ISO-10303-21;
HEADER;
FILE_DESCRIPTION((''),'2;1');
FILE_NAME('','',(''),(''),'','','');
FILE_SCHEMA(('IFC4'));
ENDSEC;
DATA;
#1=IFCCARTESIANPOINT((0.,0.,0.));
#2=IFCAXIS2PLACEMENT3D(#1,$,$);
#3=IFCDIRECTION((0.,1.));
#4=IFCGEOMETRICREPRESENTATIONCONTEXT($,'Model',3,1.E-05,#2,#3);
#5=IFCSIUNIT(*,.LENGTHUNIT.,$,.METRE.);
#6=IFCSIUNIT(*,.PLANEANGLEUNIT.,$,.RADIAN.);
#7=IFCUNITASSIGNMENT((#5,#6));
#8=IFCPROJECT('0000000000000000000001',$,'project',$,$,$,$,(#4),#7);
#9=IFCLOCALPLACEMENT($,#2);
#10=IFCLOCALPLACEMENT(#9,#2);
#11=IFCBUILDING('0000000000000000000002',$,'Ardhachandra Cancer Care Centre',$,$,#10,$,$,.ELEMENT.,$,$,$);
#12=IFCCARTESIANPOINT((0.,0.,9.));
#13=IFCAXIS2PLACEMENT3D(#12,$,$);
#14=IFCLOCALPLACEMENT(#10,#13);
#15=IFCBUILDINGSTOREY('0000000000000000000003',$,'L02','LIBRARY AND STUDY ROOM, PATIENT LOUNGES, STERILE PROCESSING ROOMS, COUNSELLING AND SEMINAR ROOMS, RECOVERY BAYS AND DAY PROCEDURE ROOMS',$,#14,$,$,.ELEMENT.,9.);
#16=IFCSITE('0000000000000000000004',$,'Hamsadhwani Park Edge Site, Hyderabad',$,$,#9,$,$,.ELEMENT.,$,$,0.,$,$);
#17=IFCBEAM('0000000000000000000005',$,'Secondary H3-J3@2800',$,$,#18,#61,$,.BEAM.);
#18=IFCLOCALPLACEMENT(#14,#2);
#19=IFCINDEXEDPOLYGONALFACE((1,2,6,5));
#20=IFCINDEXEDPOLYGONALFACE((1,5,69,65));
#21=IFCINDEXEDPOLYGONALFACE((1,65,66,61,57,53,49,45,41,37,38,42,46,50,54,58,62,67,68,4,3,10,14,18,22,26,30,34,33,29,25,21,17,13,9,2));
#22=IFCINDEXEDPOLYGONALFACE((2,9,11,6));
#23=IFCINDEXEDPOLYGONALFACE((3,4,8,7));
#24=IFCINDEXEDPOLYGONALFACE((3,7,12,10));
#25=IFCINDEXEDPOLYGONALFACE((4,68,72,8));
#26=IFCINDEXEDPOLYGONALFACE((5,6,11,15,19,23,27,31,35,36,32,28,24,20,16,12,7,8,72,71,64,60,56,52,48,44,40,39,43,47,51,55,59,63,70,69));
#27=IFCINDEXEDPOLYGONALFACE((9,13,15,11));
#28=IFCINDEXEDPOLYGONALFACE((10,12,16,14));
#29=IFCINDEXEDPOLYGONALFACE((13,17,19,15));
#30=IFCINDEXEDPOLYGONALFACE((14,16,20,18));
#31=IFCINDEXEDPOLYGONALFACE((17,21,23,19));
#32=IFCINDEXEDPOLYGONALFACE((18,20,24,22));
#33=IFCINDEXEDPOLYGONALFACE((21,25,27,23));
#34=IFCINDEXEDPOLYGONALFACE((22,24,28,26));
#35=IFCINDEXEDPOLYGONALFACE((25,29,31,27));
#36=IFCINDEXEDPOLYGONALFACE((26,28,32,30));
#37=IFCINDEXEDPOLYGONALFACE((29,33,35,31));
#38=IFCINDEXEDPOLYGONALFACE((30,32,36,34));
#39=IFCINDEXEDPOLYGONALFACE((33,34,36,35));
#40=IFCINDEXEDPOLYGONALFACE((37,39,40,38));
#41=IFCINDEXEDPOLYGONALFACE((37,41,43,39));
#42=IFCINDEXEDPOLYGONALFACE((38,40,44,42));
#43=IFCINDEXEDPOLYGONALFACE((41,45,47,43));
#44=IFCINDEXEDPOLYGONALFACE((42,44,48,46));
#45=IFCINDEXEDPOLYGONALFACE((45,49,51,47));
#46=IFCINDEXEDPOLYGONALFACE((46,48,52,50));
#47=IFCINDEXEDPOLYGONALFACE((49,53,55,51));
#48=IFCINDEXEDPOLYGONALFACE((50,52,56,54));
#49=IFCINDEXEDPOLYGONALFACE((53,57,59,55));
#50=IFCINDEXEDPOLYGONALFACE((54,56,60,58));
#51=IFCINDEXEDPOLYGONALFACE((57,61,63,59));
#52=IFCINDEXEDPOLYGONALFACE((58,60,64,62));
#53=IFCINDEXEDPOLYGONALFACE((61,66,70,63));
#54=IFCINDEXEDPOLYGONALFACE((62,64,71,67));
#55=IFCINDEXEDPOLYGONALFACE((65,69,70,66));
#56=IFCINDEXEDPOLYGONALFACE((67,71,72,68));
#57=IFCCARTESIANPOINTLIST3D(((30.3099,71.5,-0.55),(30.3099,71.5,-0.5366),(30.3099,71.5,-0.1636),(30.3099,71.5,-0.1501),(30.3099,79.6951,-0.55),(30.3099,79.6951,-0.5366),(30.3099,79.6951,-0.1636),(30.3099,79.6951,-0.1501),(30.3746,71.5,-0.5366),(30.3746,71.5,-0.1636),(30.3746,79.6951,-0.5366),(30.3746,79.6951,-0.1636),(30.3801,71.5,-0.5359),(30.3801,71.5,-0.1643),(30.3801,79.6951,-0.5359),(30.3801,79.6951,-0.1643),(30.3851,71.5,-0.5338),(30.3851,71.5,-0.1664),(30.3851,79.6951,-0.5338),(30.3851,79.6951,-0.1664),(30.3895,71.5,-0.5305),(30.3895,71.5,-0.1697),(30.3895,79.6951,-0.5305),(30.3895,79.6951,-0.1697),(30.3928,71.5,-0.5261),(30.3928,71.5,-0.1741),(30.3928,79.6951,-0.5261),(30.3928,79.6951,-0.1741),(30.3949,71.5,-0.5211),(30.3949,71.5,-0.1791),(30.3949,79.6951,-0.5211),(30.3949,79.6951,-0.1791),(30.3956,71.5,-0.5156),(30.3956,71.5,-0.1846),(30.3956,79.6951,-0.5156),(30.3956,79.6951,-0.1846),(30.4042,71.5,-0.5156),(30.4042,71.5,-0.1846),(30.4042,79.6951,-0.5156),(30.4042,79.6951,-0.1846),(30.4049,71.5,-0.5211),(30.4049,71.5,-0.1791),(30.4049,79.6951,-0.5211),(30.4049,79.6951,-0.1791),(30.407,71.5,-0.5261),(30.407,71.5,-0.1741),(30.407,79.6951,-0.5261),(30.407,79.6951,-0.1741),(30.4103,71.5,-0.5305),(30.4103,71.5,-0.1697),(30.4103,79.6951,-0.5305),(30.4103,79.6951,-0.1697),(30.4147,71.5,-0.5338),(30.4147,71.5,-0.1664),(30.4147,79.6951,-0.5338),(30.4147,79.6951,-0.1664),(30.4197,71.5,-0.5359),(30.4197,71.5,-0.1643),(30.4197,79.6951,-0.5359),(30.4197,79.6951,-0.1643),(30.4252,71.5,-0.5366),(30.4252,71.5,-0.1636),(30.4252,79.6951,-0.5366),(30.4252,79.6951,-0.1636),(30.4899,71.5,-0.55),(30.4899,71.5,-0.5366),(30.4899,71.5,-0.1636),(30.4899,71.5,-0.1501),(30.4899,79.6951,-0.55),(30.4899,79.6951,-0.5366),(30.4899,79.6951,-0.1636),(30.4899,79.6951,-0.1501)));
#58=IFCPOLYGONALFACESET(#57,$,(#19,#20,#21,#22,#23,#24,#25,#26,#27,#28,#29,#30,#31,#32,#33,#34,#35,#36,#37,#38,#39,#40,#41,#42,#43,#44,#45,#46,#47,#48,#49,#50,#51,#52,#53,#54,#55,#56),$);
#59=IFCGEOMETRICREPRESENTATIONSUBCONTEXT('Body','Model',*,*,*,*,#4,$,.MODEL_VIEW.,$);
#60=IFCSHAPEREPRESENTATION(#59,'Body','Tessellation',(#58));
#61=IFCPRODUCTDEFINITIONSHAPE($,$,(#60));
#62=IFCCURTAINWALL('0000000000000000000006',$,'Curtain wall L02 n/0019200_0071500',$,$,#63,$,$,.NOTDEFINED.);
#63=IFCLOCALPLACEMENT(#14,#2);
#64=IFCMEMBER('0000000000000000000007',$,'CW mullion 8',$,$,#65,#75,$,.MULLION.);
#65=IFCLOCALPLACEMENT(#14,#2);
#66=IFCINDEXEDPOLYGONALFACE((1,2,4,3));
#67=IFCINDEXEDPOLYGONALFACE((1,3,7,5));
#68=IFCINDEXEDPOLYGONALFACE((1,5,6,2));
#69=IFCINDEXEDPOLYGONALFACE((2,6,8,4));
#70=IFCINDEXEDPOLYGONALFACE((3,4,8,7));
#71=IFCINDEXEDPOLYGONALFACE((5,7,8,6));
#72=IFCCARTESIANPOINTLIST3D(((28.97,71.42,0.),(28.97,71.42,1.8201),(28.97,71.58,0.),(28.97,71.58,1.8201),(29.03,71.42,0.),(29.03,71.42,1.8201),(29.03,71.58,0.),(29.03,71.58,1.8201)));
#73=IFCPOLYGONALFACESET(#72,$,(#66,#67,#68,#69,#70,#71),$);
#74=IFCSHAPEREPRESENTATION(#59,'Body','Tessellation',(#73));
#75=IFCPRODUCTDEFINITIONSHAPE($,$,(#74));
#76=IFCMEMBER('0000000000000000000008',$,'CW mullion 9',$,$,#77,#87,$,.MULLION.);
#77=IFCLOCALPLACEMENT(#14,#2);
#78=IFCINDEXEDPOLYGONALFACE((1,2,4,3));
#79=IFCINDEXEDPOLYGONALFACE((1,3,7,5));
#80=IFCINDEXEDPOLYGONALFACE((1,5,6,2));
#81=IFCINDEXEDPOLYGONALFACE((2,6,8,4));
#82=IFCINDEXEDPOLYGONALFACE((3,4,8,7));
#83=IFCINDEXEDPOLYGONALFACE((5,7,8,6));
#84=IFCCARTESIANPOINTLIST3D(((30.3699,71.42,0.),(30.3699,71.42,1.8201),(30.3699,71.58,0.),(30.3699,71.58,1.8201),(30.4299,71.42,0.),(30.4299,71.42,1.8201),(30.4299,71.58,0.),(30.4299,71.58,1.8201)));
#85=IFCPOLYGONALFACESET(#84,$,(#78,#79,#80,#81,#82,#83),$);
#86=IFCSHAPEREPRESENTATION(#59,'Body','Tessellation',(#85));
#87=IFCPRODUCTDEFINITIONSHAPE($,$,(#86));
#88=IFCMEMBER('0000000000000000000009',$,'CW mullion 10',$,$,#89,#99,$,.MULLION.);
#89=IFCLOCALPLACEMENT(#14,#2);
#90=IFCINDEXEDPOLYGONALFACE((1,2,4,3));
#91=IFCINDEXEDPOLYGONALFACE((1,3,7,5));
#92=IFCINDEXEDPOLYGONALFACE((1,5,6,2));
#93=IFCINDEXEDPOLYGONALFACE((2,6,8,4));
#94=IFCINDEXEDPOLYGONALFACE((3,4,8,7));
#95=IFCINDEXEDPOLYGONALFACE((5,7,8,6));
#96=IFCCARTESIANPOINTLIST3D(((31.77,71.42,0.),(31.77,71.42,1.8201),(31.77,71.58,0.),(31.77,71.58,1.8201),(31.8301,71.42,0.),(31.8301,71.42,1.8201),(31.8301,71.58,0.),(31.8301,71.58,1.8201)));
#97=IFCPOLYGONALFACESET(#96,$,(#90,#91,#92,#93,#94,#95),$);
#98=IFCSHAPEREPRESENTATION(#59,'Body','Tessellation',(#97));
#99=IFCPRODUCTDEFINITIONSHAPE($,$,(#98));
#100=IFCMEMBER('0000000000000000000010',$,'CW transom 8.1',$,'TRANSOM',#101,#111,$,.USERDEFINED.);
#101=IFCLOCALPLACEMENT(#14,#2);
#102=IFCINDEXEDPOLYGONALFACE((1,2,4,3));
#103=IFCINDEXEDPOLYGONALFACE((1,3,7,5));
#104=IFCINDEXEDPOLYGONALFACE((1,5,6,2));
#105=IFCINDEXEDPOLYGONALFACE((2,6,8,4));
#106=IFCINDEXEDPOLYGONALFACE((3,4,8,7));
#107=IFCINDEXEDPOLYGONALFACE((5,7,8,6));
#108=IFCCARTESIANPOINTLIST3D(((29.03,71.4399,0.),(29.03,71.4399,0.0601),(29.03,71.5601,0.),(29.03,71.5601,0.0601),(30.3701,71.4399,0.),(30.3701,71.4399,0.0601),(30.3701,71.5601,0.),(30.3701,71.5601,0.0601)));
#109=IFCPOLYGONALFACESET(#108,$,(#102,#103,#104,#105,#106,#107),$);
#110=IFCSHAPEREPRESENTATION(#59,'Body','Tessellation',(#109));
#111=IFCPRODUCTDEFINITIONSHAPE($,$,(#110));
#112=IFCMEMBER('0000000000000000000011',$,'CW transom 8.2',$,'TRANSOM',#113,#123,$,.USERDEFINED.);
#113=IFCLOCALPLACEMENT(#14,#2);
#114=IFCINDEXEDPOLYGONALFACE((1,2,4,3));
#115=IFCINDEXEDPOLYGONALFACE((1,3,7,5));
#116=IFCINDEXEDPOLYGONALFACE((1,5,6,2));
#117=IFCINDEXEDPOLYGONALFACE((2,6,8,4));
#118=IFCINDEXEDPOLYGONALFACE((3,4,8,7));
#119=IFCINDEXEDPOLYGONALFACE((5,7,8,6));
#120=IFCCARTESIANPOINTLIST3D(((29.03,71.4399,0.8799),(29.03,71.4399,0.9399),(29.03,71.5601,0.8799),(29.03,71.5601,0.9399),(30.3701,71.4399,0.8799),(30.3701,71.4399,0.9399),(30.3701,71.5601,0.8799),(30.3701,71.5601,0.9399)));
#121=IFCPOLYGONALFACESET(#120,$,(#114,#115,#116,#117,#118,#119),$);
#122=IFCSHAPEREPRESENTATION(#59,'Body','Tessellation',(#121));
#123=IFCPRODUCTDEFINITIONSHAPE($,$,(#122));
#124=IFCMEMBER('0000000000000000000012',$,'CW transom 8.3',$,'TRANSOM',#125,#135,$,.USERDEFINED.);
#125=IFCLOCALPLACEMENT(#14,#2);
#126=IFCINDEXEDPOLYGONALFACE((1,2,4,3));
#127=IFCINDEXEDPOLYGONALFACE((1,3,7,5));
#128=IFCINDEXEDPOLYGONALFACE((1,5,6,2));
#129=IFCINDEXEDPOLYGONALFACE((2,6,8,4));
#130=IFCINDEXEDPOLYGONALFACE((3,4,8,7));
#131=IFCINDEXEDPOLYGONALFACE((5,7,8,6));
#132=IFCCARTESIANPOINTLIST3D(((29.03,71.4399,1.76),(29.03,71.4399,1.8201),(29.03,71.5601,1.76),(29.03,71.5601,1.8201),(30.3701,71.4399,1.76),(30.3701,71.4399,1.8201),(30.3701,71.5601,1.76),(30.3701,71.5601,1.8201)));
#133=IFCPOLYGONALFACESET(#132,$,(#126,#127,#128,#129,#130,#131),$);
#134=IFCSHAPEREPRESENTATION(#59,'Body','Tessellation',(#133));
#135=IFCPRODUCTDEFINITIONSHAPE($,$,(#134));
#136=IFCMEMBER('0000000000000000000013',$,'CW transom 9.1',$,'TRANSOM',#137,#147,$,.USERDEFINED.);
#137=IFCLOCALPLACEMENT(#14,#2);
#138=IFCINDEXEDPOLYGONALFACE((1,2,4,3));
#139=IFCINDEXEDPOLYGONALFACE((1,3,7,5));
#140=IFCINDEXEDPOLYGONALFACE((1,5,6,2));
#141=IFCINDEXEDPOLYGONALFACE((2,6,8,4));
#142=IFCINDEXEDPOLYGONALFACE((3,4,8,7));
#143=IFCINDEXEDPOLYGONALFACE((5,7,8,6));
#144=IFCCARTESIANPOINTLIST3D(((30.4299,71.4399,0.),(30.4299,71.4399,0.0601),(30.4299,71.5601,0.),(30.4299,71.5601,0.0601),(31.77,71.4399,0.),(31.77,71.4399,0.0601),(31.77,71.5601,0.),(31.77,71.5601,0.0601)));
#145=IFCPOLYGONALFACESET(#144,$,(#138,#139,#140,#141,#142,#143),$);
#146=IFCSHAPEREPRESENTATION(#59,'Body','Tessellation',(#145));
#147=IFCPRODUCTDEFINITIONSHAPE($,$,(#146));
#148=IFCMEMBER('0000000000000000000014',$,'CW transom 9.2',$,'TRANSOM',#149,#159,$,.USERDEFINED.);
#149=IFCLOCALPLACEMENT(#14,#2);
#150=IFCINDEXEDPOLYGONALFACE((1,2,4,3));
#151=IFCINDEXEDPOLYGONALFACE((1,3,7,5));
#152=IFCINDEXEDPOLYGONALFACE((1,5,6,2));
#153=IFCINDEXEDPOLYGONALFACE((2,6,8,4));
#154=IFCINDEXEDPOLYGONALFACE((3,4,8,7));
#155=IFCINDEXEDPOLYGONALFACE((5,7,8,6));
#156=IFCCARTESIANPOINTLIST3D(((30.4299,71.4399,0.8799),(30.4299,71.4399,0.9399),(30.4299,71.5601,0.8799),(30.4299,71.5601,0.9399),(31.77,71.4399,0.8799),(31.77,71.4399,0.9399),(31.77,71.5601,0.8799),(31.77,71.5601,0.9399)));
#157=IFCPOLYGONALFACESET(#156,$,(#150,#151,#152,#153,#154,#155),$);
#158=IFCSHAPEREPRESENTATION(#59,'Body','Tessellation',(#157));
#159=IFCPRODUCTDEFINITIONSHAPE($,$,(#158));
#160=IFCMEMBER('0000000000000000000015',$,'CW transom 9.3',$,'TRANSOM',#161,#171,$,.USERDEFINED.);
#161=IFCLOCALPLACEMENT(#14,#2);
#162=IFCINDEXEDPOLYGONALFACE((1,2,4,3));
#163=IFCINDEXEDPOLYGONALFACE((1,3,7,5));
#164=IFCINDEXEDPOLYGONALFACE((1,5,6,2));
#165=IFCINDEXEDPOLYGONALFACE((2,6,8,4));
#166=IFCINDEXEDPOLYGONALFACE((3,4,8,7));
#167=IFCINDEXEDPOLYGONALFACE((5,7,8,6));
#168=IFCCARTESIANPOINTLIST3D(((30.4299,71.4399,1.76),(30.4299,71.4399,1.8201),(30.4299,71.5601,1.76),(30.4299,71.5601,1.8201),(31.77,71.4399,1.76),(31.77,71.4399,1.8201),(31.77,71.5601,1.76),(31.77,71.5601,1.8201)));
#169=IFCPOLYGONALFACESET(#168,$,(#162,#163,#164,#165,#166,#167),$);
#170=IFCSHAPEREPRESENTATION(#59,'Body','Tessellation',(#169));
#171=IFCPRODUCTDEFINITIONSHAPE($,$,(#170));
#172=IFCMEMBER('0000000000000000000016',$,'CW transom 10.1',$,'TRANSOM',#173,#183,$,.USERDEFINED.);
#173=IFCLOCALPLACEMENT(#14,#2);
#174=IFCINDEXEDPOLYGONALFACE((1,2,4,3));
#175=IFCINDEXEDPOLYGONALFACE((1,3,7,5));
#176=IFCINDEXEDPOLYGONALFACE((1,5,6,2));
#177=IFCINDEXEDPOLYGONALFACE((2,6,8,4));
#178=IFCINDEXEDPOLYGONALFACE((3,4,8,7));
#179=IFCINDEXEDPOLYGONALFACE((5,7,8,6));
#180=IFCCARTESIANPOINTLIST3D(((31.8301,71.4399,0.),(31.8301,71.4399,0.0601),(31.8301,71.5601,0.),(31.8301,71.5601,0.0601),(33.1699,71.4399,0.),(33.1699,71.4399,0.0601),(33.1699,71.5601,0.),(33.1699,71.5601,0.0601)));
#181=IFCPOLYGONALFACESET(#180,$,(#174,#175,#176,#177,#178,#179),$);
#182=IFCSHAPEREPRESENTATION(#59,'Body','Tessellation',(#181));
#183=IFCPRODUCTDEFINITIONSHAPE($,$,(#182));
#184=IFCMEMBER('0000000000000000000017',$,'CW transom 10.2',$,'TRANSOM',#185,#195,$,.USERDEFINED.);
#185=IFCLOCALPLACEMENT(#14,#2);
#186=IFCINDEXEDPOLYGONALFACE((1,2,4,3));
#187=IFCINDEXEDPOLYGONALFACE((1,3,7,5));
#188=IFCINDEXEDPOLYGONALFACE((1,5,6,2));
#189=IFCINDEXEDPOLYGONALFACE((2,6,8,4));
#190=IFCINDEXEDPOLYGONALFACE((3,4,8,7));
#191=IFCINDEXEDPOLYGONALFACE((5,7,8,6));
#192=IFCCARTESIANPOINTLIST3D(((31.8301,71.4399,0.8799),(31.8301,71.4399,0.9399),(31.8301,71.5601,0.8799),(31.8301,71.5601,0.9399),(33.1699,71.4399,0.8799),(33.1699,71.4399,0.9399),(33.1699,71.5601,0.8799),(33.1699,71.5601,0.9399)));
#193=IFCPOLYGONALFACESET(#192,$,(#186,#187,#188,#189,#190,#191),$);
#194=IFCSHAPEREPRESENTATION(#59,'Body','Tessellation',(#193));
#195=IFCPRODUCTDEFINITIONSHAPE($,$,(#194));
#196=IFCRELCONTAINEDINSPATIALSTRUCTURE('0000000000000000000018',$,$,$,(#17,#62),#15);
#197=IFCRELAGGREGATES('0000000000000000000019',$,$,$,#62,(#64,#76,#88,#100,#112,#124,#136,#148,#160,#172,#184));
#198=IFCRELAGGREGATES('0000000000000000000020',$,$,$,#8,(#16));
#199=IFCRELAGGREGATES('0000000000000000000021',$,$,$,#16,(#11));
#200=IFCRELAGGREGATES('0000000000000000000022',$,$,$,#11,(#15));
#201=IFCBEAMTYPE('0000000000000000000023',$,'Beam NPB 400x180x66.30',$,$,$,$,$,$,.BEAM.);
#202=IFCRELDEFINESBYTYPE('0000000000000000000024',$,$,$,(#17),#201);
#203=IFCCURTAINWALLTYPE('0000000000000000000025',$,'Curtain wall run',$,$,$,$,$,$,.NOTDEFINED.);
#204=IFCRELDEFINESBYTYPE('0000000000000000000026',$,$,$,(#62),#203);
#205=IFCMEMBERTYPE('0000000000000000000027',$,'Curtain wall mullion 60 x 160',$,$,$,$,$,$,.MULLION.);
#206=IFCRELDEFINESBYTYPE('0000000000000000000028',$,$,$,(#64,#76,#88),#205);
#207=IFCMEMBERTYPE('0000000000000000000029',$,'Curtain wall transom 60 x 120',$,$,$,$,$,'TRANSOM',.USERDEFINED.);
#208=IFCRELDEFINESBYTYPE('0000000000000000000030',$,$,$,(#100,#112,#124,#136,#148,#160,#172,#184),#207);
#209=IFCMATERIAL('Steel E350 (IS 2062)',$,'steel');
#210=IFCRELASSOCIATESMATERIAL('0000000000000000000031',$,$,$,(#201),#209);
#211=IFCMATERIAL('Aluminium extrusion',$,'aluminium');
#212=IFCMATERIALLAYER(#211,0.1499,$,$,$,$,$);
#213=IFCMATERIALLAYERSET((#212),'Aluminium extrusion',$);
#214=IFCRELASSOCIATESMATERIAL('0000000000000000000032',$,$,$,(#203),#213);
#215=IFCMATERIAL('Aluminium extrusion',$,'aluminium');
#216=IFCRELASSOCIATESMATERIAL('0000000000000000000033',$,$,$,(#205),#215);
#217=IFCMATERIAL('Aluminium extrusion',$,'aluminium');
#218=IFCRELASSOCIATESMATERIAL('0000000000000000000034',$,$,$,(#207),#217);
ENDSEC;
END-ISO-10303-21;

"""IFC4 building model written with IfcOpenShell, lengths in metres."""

from ifc_helpers import new_model, si_unit, direction, frame, origin, origin_2d, place, context, subcontext, project, spatial, rectangle, i_section, extrude, material, layer, layer_set, material_profile, profile_set, type_object, element, aggregate, save


model = new_model("IFC4")

# Units and contexts
model_context = context("Model", 3, precision=1e-05, world=origin(), true_north=direction((0.0, 1.0)))
body_context = subcontext(model_context, "Body", "Model", "MODEL_VIEW")
ifc_project = project(units=[si_unit("LENGTHUNIT", "METRE"), si_unit("PLANEANGLEUNIT", "RADIAN")], contexts=[model_context])

# Site, building, storey
site_placement = place(None, origin())
site = spatial("IfcSite", under=ifc_project, at=site_placement, Name="Hamsadhwani Park Edge Site, Hyderabad", CompositionType="ELEMENT", RefElevation=0.0)
building_placement = place(site_placement, origin())
building = spatial("IfcBuilding", under=site, at=building_placement, Name="Ardhachandra Cancer Care Centre", CompositionType="ELEMENT")
storey_placement = place(building_placement, frame((0.0, 0.0, 9.0)))
storey = spatial("IfcBuildingStorey", under=building, at=storey_placement, Name="L02", Description="LIBRARY AND STUDY ROOM, PATIENT LOUNGES, STERILE PROCESSING ROOMS, COUNSELLING AND SEMINAR ROOMS, RECOVERY BAYS AND DAY PROCEDURE ROOMS", CompositionType="ELEMENT", Elevation=9.0)

# Beam
ifc_material_1 = material(Name="Steel E350 (IS 2062)", Category="steel")
ifc_material_profile_1 = material_profile(ifc_material_1, i_section(OverallWidth=0.1799, OverallDepth=0.3999, WebThickness=0.0085, FlangeThickness=0.0134, FilletRadius=0.021, at=origin_2d()), Name="NPB 400x180x66.30")
ifc_profile_set_1 = profile_set([ifc_material_profile_1], Name="Steel E350 (IS 2062)")
beam_type = type_object("IfcBeamType", Name="Beam NPB 400x180x66.30", PredefinedType="BEAM", material=ifc_profile_set_1)
beam_placement = place(storey_placement, frame((30.3999, 71.5, -0.3501), z_axis=(0.0, 1.0, 0.0), x_axis=(-1.0, 0.0, 0.0)))
element("IfcBeam", 1, at=beam_placement, inside=storey, type_object=beam_type, Name="Secondary H3-J3@2800", PredefinedType="BEAM", context=body_context, shape_type="SweptSolid", body=[
    extrude(i_section(OverallWidth=0.1799, OverallDepth=0.3999, WebThickness=0.0085, FlangeThickness=0.0134, FilletRadius=0.021, at=origin_2d()), origin(), (0.0, 0.0, 1.0), 8.1951),
])

# Curtain wall, members
ifc_material_2 = material(Name="Aluminium extrusion", Category="aluminium")
ifc_layer_1 = layer(ifc_material_2, 0.1499)
ifc_layer_set_1 = layer_set([ifc_layer_1], Name="Aluminium extrusion")
curtain_wall_type = type_object("IfcCurtainWallType", Name="Curtain wall run", PredefinedType="NOTDEFINED", material=ifc_layer_set_1)
curtain_wall_placement = place(storey_placement, origin())
curtain_wall = element("IfcCurtainWall", 2, at=curtain_wall_placement, inside=storey, type_object=curtain_wall_type, Name="Curtain wall L02 n/0019200_0071500", PredefinedType="NOTDEFINED")
ifc_material_3 = material(Name="Aluminium extrusion", Category="aluminium")
ifc_material_profile_2 = material_profile(ifc_material_3, rectangle(XDim=0.1599, YDim=0.0601, at=origin_2d()), Name="Curtain wall mullion 60 x 160")
ifc_profile_set_2 = profile_set([ifc_material_profile_2], Name="Aluminium extrusion")
member_type_1 = type_object("IfcMemberType", Name="Curtain wall mullion 60 x 160", PredefinedType="MULLION", material=ifc_profile_set_2)
member_1_placement = place(storey_placement, frame((29.0, 71.5, 0.0), z_axis=(0.0, 0.0, 1.0), x_axis=(0.0, 1.0, 0.0)))
member_1 = element("IfcMember", 3, at=member_1_placement, type_object=member_type_1, Name="CW mullion 8", PredefinedType="MULLION", context=body_context, shape_type="SweptSolid", body=[
    extrude(rectangle(XDim=0.1599, YDim=0.0601, at=origin_2d()), origin(), (0.0, 0.0, 1.0), 1.8201),
])
member_2_placement = place(storey_placement, frame((30.3999, 71.5, 0.0), z_axis=(0.0, 0.0, 1.0), x_axis=(0.0, 1.0, 0.0)))
member_2 = element("IfcMember", 4, at=member_2_placement, type_object=member_type_1, Name="CW mullion 9", PredefinedType="MULLION", context=body_context, shape_type="SweptSolid", body=[
    extrude(rectangle(XDim=0.1599, YDim=0.0601, at=origin_2d()), origin(), (0.0, 0.0, 1.0), 1.8201),
])
member_3_placement = place(storey_placement, frame((31.8, 71.5, 0.0), z_axis=(0.0, 0.0, 1.0), x_axis=(0.0, 1.0, 0.0)))
member_3 = element("IfcMember", 5, at=member_3_placement, type_object=member_type_1, Name="CW mullion 10", PredefinedType="MULLION", context=body_context, shape_type="SweptSolid", body=[
    extrude(rectangle(XDim=0.1599, YDim=0.0601, at=origin_2d()), origin(), (0.0, 0.0, 1.0), 1.8201),
])
ifc_material_4 = material(Name="Aluminium extrusion", Category="aluminium")
ifc_material_profile_3 = material_profile(ifc_material_4, rectangle(XDim=0.1201, YDim=0.0601, at=origin_2d()), Name="Curtain wall transom 60 x 120")
ifc_profile_set_3 = profile_set([ifc_material_profile_3], Name="Aluminium extrusion")
member_type_2 = type_object("IfcMemberType", Name="Curtain wall transom 60 x 120", ElementType="TRANSOM", PredefinedType="USERDEFINED", material=ifc_profile_set_3)
member_4_placement = place(storey_placement, frame((29.03, 71.5, 0.03), z_axis=(1.0, 0.0, 0.0), x_axis=(0.0, 1.0, 0.0)))
member_4 = element("IfcMember", 6, at=member_4_placement, type_object=member_type_2, Name="CW transom 8.1", ObjectType="TRANSOM", PredefinedType="USERDEFINED", context=body_context, shape_type="SweptSolid", body=[
    extrude(rectangle(XDim=0.1201, YDim=0.0601, at=origin_2d()), origin(), (0.0, 0.0, 1.0), 1.3401),
])
member_5_placement = place(storey_placement, frame((29.03, 71.5, 0.9099), z_axis=(1.0, 0.0, 0.0), x_axis=(0.0, 1.0, 0.0)))
member_5 = element("IfcMember", 7, at=member_5_placement, type_object=member_type_2, Name="CW transom 8.2", ObjectType="TRANSOM", PredefinedType="USERDEFINED", context=body_context, shape_type="SweptSolid", body=[
    extrude(rectangle(XDim=0.1201, YDim=0.0601, at=origin_2d()), origin(), (0.0, 0.0, 1.0), 1.3401),
])
member_6_placement = place(storey_placement, frame((29.03, 71.5, 1.79), z_axis=(1.0, 0.0, 0.0), x_axis=(0.0, 1.0, 0.0)))
member_6 = element("IfcMember", 8, at=member_6_placement, type_object=member_type_2, Name="CW transom 8.3", ObjectType="TRANSOM", PredefinedType="USERDEFINED", context=body_context, shape_type="SweptSolid", body=[
    extrude(rectangle(XDim=0.1201, YDim=0.0601, at=origin_2d()), origin(), (0.0, 0.0, 1.0), 1.3401),
])
member_7_placement = place(storey_placement, frame((30.4299, 71.5, 0.03), z_axis=(1.0, 0.0, 0.0), x_axis=(0.0, 1.0, 0.0)))
member_7 = element("IfcMember", 9, at=member_7_placement, type_object=member_type_2, Name="CW transom 9.1", ObjectType="TRANSOM", PredefinedType="USERDEFINED", context=body_context, shape_type="SweptSolid", body=[
    extrude(rectangle(XDim=0.1201, YDim=0.0601, at=origin_2d()), origin(), (0.0, 0.0, 1.0), 1.3401),
])
member_8_placement = place(storey_placement, frame((30.4299, 71.5, 0.9099), z_axis=(1.0, 0.0, 0.0), x_axis=(0.0, 1.0, 0.0)))
member_8 = element("IfcMember", 10, at=member_8_placement, type_object=member_type_2, Name="CW transom 9.2", ObjectType="TRANSOM", PredefinedType="USERDEFINED", context=body_context, shape_type="SweptSolid", body=[
    extrude(rectangle(XDim=0.1201, YDim=0.0601, at=origin_2d()), origin(), (0.0, 0.0, 1.0), 1.3401),
])
member_9_placement = place(storey_placement, frame((30.4299, 71.5, 1.79), z_axis=(1.0, 0.0, 0.0), x_axis=(0.0, 1.0, 0.0)))
member_9 = element("IfcMember", 11, at=member_9_placement, type_object=member_type_2, Name="CW transom 9.3", ObjectType="TRANSOM", PredefinedType="USERDEFINED", context=body_context, shape_type="SweptSolid", body=[
    extrude(rectangle(XDim=0.1201, YDim=0.0601, at=origin_2d()), origin(), (0.0, 0.0, 1.0), 1.3401),
])
member_10_placement = place(storey_placement, frame((31.8301, 71.5, 0.03), z_axis=(1.0, 0.0, 0.0), x_axis=(0.0, 1.0, 0.0)))
member_10 = element("IfcMember", 12, at=member_10_placement, type_object=member_type_2, Name="CW transom 10.1", ObjectType="TRANSOM", PredefinedType="USERDEFINED", context=body_context, shape_type="SweptSolid", body=[
    extrude(rectangle(XDim=0.1201, YDim=0.0601, at=origin_2d()), origin(), (0.0, 0.0, 1.0), 1.3398),
])
member_11_placement = place(storey_placement, frame((31.8301, 71.5, 0.9099), z_axis=(1.0, 0.0, 0.0), x_axis=(0.0, 1.0, 0.0)))
member_11 = element("IfcMember", 13, at=member_11_placement, type_object=member_type_2, Name="CW transom 10.2", ObjectType="TRANSOM", PredefinedType="USERDEFINED", context=body_context, shape_type="SweptSolid", body=[
    extrude(rectangle(XDim=0.1201, YDim=0.0601, at=origin_2d()), origin(), (0.0, 0.0, 1.0), 1.3398),
])

aggregate(curtain_wall, [member_1, member_2, member_3, member_4, member_5, member_6, member_7, member_8, member_9, member_10, member_11])

save(model, "model.ifc")
